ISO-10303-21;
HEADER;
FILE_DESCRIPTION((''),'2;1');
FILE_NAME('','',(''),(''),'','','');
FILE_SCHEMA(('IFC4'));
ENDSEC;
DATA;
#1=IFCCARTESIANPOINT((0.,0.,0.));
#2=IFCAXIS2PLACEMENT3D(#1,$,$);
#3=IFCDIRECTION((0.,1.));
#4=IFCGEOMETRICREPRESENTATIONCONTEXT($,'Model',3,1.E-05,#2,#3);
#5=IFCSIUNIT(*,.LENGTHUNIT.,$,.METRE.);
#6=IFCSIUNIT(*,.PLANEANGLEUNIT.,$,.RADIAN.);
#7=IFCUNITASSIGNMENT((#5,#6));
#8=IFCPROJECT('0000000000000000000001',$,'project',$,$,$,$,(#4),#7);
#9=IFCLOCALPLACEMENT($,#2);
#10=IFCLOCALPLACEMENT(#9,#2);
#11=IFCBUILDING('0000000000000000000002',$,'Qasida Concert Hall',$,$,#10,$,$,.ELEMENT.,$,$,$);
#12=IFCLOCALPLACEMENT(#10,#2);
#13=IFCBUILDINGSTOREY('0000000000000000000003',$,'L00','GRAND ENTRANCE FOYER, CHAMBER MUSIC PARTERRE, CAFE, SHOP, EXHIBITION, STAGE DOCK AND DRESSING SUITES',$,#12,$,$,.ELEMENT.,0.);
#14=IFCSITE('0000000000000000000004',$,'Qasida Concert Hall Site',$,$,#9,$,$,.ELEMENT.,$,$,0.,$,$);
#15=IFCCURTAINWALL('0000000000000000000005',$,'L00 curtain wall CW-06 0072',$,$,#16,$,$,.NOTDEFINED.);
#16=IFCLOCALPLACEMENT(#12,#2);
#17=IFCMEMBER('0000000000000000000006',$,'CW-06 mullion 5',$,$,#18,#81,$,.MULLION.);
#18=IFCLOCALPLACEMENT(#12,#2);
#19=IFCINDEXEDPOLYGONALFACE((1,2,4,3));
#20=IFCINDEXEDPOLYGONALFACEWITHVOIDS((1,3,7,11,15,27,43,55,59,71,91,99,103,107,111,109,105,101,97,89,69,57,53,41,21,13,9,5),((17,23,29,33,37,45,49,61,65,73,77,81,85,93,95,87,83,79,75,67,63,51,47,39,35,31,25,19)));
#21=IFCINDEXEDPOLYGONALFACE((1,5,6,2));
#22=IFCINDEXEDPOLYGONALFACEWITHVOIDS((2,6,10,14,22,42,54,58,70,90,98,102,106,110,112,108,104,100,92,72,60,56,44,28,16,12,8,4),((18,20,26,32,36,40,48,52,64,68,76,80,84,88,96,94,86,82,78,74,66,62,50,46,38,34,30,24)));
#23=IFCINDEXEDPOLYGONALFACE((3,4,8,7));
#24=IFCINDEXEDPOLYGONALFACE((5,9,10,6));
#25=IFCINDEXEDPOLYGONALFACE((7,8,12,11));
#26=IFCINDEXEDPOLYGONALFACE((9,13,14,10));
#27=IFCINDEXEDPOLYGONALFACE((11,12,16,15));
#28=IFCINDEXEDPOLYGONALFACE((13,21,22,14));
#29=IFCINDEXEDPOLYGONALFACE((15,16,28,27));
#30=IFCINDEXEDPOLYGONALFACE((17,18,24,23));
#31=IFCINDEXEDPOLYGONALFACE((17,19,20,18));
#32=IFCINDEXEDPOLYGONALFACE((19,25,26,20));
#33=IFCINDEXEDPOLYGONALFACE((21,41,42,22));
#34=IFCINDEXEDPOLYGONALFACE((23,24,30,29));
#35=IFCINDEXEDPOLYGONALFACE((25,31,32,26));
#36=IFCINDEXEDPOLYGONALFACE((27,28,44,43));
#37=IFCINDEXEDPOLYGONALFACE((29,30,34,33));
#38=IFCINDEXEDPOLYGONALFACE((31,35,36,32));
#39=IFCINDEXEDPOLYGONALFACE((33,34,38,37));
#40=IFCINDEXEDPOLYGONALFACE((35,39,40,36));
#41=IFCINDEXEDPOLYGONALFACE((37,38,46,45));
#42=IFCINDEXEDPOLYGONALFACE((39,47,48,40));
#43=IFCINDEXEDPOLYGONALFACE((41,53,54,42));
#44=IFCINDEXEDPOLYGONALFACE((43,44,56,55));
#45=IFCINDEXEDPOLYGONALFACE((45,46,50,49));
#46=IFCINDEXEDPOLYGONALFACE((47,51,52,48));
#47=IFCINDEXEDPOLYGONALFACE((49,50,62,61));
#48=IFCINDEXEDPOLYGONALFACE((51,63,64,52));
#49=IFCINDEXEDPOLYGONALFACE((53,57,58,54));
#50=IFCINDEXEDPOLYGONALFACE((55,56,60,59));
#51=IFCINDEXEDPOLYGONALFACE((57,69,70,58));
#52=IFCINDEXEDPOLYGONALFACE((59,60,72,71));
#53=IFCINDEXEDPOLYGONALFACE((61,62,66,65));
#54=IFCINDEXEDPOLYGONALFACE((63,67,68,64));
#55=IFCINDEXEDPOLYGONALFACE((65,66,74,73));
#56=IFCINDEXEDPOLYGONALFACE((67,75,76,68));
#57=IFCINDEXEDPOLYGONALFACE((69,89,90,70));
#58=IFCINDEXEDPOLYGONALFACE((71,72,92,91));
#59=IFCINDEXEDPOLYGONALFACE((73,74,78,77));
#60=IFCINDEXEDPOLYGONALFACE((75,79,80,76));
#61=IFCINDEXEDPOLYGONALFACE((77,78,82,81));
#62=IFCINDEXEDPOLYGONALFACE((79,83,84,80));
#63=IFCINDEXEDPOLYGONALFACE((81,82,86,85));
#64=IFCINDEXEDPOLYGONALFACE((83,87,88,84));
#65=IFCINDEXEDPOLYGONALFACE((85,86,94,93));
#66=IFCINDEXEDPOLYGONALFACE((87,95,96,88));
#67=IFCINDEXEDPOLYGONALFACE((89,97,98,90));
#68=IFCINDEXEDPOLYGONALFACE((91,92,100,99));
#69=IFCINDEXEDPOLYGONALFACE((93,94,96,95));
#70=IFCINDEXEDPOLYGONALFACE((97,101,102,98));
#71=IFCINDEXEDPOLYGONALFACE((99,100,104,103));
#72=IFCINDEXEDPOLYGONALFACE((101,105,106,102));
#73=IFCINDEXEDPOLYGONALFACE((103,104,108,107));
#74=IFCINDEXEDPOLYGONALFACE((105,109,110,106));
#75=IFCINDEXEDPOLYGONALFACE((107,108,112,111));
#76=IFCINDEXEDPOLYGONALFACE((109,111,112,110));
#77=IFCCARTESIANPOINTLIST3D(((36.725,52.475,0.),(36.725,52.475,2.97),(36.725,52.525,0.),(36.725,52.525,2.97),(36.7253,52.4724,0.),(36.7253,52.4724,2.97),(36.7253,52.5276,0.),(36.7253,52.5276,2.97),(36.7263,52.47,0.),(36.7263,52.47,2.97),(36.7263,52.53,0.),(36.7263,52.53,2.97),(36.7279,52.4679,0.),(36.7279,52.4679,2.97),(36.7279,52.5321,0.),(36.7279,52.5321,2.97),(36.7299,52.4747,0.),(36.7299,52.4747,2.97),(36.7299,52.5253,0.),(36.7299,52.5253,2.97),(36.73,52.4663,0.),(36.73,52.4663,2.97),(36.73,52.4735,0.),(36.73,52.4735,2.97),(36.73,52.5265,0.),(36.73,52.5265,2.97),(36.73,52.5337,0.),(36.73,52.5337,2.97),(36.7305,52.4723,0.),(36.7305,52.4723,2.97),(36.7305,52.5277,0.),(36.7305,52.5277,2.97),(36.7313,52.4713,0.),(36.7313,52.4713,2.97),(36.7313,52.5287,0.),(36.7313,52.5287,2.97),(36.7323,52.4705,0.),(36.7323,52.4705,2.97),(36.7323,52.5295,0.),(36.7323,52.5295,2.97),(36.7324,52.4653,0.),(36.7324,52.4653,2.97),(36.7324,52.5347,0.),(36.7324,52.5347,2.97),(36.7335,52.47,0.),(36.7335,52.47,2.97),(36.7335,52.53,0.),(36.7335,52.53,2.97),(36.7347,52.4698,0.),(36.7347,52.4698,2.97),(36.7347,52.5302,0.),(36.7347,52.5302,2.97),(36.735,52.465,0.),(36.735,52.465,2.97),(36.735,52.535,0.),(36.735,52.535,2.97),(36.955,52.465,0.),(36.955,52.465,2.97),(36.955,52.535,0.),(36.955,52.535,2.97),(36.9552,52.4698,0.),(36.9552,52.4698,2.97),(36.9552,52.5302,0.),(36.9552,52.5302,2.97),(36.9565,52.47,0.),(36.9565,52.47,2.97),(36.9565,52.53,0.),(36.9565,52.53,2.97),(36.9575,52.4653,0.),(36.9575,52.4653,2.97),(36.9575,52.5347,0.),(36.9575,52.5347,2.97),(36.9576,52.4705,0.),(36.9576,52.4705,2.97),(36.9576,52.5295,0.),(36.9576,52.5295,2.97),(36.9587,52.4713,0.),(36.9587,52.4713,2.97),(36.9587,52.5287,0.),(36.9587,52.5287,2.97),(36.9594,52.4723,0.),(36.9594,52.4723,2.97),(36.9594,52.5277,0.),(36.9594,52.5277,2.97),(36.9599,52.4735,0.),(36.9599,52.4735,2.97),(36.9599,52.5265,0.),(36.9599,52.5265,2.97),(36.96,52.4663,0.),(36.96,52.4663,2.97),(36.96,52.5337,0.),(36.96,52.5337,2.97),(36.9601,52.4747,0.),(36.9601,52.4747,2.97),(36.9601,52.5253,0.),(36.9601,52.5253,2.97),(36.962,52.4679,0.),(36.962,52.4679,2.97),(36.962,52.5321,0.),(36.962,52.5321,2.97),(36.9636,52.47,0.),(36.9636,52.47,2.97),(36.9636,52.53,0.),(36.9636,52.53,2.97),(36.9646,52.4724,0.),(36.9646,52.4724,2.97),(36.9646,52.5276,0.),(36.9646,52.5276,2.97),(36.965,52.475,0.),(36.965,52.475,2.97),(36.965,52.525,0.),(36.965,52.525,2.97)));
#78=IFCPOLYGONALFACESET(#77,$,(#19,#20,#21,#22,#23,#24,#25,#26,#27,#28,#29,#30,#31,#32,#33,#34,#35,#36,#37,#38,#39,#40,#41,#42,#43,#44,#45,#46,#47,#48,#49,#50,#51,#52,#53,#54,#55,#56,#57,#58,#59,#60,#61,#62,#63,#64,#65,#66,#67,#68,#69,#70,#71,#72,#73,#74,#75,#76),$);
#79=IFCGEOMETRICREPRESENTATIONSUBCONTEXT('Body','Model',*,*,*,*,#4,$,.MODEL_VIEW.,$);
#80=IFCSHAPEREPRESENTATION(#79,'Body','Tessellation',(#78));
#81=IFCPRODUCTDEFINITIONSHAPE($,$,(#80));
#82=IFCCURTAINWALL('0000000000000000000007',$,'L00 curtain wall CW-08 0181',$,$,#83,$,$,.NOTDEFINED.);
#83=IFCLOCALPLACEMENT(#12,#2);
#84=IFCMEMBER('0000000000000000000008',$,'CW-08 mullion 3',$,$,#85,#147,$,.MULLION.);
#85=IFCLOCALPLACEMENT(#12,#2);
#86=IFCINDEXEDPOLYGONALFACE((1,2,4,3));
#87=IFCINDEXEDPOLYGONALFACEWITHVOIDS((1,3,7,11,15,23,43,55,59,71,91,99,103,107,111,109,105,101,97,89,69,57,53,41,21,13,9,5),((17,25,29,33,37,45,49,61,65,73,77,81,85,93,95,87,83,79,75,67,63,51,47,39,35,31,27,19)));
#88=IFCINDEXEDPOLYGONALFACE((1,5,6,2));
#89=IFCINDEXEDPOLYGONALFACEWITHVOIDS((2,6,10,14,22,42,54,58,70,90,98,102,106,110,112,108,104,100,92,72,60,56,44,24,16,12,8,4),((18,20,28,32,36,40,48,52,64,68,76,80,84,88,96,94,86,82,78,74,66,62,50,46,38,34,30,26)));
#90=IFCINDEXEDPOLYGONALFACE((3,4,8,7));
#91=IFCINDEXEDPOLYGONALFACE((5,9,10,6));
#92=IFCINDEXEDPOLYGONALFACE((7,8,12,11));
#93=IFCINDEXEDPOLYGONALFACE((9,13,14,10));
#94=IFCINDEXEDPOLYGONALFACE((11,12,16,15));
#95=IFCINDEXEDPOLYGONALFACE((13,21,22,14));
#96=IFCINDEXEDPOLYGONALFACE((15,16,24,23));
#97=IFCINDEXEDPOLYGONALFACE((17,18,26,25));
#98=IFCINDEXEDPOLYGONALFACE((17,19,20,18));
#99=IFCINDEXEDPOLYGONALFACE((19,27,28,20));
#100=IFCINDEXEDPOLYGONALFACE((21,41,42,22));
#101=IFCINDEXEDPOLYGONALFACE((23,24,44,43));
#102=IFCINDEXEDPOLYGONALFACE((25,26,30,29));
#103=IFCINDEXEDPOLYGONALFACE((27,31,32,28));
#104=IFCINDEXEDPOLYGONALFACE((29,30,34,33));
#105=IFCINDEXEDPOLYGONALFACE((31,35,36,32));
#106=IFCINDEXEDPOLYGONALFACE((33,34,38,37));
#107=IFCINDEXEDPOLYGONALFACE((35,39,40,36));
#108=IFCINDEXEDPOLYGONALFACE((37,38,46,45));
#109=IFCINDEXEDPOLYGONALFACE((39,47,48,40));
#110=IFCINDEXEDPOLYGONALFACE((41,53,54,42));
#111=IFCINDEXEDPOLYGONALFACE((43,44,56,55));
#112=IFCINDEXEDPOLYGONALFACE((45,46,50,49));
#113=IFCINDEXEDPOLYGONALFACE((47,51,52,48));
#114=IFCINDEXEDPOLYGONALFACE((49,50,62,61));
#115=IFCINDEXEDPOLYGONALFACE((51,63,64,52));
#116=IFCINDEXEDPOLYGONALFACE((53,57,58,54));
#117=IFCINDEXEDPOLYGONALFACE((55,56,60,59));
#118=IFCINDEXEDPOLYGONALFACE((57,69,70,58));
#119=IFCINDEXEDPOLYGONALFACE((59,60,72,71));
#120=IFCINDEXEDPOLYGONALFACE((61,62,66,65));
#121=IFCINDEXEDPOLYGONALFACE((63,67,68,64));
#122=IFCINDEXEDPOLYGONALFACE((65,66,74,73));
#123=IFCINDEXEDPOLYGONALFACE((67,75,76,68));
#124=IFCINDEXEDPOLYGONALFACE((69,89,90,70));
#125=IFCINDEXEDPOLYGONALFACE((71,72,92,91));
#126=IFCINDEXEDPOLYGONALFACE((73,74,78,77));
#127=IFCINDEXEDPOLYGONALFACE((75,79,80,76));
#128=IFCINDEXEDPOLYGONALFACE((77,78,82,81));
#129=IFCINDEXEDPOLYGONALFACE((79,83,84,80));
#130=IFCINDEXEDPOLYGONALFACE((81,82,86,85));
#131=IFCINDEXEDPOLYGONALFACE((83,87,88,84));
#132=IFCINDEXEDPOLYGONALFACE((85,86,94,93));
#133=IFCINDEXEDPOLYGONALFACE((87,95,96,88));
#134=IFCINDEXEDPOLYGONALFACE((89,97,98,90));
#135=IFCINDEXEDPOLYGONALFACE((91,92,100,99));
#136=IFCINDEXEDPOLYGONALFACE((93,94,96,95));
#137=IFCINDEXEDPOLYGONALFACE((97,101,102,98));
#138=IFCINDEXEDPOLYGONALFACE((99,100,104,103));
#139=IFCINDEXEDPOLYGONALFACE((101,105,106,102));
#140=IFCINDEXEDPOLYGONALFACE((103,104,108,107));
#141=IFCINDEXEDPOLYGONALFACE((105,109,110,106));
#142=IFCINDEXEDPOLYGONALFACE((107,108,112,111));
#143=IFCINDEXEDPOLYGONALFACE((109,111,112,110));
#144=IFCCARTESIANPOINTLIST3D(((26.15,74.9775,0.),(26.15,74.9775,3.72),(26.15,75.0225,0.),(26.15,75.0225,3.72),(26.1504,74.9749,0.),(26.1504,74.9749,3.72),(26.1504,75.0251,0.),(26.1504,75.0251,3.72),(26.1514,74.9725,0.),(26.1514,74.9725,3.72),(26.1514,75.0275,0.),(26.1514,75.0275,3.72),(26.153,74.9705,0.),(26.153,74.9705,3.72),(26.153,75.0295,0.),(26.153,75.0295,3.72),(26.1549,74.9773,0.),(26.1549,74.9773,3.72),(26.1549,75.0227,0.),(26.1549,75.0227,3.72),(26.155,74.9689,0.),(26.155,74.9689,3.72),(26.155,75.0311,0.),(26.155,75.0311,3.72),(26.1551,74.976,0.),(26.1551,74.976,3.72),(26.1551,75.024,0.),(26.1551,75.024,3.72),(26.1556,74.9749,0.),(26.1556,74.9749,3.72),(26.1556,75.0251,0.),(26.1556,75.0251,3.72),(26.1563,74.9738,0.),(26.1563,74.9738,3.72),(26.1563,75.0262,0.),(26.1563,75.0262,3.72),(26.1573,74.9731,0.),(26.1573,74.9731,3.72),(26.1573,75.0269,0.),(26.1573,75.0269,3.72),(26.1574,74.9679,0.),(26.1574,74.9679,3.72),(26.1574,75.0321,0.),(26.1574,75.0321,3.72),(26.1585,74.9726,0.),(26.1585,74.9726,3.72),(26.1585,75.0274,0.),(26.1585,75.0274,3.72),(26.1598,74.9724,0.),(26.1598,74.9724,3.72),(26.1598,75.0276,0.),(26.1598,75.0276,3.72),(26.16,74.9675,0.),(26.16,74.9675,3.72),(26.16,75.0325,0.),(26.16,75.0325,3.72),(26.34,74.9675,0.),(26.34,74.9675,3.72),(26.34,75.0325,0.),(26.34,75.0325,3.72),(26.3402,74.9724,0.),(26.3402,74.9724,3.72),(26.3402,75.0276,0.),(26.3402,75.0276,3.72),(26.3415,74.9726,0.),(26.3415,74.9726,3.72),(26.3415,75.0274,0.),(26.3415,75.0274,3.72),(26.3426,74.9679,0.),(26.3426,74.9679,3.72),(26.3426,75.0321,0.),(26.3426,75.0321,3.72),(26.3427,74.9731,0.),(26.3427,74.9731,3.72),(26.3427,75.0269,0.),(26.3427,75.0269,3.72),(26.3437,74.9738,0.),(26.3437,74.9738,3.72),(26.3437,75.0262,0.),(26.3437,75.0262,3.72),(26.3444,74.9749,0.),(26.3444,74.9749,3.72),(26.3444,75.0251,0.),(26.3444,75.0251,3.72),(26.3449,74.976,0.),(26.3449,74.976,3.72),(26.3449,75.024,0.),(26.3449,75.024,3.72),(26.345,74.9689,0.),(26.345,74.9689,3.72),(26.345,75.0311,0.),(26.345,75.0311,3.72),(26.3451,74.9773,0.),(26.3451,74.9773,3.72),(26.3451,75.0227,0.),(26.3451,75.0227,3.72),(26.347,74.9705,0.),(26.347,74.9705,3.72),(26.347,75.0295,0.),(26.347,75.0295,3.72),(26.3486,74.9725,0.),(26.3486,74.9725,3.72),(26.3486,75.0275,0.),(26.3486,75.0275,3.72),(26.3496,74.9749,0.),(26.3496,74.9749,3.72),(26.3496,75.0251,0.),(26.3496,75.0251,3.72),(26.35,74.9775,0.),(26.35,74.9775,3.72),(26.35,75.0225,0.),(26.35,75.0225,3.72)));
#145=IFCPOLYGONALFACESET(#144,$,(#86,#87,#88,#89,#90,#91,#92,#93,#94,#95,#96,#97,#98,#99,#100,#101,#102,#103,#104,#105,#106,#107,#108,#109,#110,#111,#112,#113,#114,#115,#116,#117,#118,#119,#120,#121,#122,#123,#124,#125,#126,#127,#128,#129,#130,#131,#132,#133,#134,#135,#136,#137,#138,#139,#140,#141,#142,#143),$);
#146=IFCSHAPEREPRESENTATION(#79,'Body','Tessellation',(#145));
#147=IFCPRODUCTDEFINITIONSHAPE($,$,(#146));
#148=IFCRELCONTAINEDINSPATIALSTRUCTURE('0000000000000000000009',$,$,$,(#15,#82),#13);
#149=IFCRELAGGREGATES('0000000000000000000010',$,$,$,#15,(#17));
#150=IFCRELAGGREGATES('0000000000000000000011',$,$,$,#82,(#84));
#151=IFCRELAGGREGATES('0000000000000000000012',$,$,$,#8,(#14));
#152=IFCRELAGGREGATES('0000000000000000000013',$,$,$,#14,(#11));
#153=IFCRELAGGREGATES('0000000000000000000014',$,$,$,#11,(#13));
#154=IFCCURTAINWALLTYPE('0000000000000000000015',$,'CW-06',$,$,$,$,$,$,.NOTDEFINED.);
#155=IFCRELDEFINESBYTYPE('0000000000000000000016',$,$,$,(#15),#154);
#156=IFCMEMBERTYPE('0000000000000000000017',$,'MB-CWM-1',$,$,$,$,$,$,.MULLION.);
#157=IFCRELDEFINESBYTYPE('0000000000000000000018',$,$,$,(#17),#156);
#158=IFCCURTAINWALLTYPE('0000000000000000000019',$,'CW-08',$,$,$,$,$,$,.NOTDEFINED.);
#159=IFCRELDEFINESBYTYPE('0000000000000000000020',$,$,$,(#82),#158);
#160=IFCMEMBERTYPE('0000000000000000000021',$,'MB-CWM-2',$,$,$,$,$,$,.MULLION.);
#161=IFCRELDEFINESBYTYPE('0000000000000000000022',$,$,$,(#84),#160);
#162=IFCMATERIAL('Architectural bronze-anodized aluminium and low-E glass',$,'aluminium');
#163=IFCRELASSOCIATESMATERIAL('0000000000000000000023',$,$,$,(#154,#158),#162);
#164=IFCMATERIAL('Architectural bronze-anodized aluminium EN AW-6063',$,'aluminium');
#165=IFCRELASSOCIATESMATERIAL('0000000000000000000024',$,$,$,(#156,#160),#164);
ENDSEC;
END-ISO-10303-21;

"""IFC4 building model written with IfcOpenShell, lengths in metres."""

from ifc_helpers import new_model, si_unit, direction, frame, origin, origin_2d, place, context, subcontext, project, spatial, hollow_rectangle, extrude, material, material_profile, profile_set, type_object, element, aggregate, save


model = new_model("IFC4")

# Units and contexts
model_context = context("Model", 3, precision=1e-05, world=origin(), true_north=direction((0.0, 1.0)))
body_context = subcontext(model_context, "Body", "Model", "MODEL_VIEW")
ifc_project = project(units=[si_unit("LENGTHUNIT", "METRE"), si_unit("PLANEANGLEUNIT", "RADIAN")], contexts=[model_context])

# Site, building, storey
site_placement = place(None, origin())
site = spatial("IfcSite", under=ifc_project, at=site_placement, Name="Qasida Concert Hall Site", CompositionType="ELEMENT", RefElevation=0.0)
building_placement = place(site_placement, origin())
building = spatial("IfcBuilding", under=site, at=building_placement, Name="Qasida Concert Hall", CompositionType="ELEMENT")
storey_placement = place(building_placement, origin())
storey = spatial("IfcBuildingStorey", under=building, at=storey_placement, Name="L00", Description="GRAND ENTRANCE FOYER, CHAMBER MUSIC PARTERRE, CAFE, SHOP, EXHIBITION, STAGE DOCK AND DRESSING SUITES", CompositionType="ELEMENT", Elevation=0.0)

# Curtain wall, member
ifc_material_1 = material(Name="Architectural bronze-anodized aluminium and low-E glass", Category="aluminium")
curtain_wall_type_1 = type_object("IfcCurtainWallType", Name="CW-06", PredefinedType="NOTDEFINED", material=ifc_material_1)
curtain_wall_1_placement = place(storey_placement, origin())
curtain_wall_1 = element("IfcCurtainWall", 1, at=curtain_wall_1_placement, inside=storey, type_object=curtain_wall_type_1, Name="L00 curtain wall CW-06 0072", PredefinedType="NOTDEFINED")
ifc_material_2 = material(Name="Architectural bronze-anodized aluminium EN AW-6063", Category="aluminium")
ifc_material_profile_1 = material_profile(ifc_material_2, hollow_rectangle(XDim=0.0701, YDim=0.24, WallThickness=0.0049, InnerFilletRadius=0.0049, OuterFilletRadius=0.01, at=origin_2d()), Name="CWM 240x70x5")
ifc_profile_set_1 = profile_set([ifc_material_profile_1], Name="Architectural bronze-anodized aluminium EN AW-6063")
member_type_1 = type_object("IfcMemberType", Name="MB-CWM-1", PredefinedType="MULLION", material=ifc_profile_set_1)
member_1_placement = place(storey_placement, frame((36.845, 52.5, 0.0), z_axis=(0.0, 0.0, 1.0), x_axis=(0.0, 1.0, 0.0)))
member_1 = element("IfcMember", 2, at=member_1_placement, type_object=member_type_1, Name="CW-06 mullion 5", PredefinedType="MULLION", context=body_context, shape_type="SweptSolid", body=[
    extrude(hollow_rectangle(XDim=0.0701, YDim=0.24, WallThickness=0.0049, InnerFilletRadius=0.0049, OuterFilletRadius=0.01, at=origin_2d()), origin(), (0.0, 0.0, 1.0), 2.97),
])

# Curtain wall, member
curtain_wall_type_2 = type_object("IfcCurtainWallType", Name="CW-08", PredefinedType="NOTDEFINED", material=ifc_material_1)
curtain_wall_2_placement = place(storey_placement, origin())
curtain_wall_2 = element("IfcCurtainWall", 3, at=curtain_wall_2_placement, inside=storey, type_object=curtain_wall_type_2, Name="L00 curtain wall CW-08 0181", PredefinedType="NOTDEFINED")
ifc_material_profile_2 = material_profile(ifc_material_2, hollow_rectangle(XDim=0.0649, YDim=0.2, WallThickness=0.0049, InnerFilletRadius=0.0049, OuterFilletRadius=0.01, at=origin_2d()), Name="CWM 200x65x5")
ifc_profile_set_2 = profile_set([ifc_material_profile_2], Name="Architectural bronze-anodized aluminium EN AW-6063")
member_type_2 = type_object("IfcMemberType", Name="MB-CWM-2", PredefinedType="MULLION", material=ifc_profile_set_2)
member_2_placement = place(storey_placement, frame((26.25, 75.0, 0.0), z_axis=(0.0, 0.0, 1.0), x_axis=(0.0, 1.0, 0.0)))
member_2 = element("IfcMember", 4, at=member_2_placement, type_object=member_type_2, Name="CW-08 mullion 3", PredefinedType="MULLION", context=body_context, shape_type="SweptSolid", body=[
    extrude(hollow_rectangle(XDim=0.0649, YDim=0.2, WallThickness=0.0049, InnerFilletRadius=0.0049, OuterFilletRadius=0.01, at=origin_2d()), origin(), (0.0, 0.0, 1.0), 3.72),
])

aggregate(curtain_wall_1, [member_1])
aggregate(curtain_wall_2, [member_2])

save(model, "model.ifc")
